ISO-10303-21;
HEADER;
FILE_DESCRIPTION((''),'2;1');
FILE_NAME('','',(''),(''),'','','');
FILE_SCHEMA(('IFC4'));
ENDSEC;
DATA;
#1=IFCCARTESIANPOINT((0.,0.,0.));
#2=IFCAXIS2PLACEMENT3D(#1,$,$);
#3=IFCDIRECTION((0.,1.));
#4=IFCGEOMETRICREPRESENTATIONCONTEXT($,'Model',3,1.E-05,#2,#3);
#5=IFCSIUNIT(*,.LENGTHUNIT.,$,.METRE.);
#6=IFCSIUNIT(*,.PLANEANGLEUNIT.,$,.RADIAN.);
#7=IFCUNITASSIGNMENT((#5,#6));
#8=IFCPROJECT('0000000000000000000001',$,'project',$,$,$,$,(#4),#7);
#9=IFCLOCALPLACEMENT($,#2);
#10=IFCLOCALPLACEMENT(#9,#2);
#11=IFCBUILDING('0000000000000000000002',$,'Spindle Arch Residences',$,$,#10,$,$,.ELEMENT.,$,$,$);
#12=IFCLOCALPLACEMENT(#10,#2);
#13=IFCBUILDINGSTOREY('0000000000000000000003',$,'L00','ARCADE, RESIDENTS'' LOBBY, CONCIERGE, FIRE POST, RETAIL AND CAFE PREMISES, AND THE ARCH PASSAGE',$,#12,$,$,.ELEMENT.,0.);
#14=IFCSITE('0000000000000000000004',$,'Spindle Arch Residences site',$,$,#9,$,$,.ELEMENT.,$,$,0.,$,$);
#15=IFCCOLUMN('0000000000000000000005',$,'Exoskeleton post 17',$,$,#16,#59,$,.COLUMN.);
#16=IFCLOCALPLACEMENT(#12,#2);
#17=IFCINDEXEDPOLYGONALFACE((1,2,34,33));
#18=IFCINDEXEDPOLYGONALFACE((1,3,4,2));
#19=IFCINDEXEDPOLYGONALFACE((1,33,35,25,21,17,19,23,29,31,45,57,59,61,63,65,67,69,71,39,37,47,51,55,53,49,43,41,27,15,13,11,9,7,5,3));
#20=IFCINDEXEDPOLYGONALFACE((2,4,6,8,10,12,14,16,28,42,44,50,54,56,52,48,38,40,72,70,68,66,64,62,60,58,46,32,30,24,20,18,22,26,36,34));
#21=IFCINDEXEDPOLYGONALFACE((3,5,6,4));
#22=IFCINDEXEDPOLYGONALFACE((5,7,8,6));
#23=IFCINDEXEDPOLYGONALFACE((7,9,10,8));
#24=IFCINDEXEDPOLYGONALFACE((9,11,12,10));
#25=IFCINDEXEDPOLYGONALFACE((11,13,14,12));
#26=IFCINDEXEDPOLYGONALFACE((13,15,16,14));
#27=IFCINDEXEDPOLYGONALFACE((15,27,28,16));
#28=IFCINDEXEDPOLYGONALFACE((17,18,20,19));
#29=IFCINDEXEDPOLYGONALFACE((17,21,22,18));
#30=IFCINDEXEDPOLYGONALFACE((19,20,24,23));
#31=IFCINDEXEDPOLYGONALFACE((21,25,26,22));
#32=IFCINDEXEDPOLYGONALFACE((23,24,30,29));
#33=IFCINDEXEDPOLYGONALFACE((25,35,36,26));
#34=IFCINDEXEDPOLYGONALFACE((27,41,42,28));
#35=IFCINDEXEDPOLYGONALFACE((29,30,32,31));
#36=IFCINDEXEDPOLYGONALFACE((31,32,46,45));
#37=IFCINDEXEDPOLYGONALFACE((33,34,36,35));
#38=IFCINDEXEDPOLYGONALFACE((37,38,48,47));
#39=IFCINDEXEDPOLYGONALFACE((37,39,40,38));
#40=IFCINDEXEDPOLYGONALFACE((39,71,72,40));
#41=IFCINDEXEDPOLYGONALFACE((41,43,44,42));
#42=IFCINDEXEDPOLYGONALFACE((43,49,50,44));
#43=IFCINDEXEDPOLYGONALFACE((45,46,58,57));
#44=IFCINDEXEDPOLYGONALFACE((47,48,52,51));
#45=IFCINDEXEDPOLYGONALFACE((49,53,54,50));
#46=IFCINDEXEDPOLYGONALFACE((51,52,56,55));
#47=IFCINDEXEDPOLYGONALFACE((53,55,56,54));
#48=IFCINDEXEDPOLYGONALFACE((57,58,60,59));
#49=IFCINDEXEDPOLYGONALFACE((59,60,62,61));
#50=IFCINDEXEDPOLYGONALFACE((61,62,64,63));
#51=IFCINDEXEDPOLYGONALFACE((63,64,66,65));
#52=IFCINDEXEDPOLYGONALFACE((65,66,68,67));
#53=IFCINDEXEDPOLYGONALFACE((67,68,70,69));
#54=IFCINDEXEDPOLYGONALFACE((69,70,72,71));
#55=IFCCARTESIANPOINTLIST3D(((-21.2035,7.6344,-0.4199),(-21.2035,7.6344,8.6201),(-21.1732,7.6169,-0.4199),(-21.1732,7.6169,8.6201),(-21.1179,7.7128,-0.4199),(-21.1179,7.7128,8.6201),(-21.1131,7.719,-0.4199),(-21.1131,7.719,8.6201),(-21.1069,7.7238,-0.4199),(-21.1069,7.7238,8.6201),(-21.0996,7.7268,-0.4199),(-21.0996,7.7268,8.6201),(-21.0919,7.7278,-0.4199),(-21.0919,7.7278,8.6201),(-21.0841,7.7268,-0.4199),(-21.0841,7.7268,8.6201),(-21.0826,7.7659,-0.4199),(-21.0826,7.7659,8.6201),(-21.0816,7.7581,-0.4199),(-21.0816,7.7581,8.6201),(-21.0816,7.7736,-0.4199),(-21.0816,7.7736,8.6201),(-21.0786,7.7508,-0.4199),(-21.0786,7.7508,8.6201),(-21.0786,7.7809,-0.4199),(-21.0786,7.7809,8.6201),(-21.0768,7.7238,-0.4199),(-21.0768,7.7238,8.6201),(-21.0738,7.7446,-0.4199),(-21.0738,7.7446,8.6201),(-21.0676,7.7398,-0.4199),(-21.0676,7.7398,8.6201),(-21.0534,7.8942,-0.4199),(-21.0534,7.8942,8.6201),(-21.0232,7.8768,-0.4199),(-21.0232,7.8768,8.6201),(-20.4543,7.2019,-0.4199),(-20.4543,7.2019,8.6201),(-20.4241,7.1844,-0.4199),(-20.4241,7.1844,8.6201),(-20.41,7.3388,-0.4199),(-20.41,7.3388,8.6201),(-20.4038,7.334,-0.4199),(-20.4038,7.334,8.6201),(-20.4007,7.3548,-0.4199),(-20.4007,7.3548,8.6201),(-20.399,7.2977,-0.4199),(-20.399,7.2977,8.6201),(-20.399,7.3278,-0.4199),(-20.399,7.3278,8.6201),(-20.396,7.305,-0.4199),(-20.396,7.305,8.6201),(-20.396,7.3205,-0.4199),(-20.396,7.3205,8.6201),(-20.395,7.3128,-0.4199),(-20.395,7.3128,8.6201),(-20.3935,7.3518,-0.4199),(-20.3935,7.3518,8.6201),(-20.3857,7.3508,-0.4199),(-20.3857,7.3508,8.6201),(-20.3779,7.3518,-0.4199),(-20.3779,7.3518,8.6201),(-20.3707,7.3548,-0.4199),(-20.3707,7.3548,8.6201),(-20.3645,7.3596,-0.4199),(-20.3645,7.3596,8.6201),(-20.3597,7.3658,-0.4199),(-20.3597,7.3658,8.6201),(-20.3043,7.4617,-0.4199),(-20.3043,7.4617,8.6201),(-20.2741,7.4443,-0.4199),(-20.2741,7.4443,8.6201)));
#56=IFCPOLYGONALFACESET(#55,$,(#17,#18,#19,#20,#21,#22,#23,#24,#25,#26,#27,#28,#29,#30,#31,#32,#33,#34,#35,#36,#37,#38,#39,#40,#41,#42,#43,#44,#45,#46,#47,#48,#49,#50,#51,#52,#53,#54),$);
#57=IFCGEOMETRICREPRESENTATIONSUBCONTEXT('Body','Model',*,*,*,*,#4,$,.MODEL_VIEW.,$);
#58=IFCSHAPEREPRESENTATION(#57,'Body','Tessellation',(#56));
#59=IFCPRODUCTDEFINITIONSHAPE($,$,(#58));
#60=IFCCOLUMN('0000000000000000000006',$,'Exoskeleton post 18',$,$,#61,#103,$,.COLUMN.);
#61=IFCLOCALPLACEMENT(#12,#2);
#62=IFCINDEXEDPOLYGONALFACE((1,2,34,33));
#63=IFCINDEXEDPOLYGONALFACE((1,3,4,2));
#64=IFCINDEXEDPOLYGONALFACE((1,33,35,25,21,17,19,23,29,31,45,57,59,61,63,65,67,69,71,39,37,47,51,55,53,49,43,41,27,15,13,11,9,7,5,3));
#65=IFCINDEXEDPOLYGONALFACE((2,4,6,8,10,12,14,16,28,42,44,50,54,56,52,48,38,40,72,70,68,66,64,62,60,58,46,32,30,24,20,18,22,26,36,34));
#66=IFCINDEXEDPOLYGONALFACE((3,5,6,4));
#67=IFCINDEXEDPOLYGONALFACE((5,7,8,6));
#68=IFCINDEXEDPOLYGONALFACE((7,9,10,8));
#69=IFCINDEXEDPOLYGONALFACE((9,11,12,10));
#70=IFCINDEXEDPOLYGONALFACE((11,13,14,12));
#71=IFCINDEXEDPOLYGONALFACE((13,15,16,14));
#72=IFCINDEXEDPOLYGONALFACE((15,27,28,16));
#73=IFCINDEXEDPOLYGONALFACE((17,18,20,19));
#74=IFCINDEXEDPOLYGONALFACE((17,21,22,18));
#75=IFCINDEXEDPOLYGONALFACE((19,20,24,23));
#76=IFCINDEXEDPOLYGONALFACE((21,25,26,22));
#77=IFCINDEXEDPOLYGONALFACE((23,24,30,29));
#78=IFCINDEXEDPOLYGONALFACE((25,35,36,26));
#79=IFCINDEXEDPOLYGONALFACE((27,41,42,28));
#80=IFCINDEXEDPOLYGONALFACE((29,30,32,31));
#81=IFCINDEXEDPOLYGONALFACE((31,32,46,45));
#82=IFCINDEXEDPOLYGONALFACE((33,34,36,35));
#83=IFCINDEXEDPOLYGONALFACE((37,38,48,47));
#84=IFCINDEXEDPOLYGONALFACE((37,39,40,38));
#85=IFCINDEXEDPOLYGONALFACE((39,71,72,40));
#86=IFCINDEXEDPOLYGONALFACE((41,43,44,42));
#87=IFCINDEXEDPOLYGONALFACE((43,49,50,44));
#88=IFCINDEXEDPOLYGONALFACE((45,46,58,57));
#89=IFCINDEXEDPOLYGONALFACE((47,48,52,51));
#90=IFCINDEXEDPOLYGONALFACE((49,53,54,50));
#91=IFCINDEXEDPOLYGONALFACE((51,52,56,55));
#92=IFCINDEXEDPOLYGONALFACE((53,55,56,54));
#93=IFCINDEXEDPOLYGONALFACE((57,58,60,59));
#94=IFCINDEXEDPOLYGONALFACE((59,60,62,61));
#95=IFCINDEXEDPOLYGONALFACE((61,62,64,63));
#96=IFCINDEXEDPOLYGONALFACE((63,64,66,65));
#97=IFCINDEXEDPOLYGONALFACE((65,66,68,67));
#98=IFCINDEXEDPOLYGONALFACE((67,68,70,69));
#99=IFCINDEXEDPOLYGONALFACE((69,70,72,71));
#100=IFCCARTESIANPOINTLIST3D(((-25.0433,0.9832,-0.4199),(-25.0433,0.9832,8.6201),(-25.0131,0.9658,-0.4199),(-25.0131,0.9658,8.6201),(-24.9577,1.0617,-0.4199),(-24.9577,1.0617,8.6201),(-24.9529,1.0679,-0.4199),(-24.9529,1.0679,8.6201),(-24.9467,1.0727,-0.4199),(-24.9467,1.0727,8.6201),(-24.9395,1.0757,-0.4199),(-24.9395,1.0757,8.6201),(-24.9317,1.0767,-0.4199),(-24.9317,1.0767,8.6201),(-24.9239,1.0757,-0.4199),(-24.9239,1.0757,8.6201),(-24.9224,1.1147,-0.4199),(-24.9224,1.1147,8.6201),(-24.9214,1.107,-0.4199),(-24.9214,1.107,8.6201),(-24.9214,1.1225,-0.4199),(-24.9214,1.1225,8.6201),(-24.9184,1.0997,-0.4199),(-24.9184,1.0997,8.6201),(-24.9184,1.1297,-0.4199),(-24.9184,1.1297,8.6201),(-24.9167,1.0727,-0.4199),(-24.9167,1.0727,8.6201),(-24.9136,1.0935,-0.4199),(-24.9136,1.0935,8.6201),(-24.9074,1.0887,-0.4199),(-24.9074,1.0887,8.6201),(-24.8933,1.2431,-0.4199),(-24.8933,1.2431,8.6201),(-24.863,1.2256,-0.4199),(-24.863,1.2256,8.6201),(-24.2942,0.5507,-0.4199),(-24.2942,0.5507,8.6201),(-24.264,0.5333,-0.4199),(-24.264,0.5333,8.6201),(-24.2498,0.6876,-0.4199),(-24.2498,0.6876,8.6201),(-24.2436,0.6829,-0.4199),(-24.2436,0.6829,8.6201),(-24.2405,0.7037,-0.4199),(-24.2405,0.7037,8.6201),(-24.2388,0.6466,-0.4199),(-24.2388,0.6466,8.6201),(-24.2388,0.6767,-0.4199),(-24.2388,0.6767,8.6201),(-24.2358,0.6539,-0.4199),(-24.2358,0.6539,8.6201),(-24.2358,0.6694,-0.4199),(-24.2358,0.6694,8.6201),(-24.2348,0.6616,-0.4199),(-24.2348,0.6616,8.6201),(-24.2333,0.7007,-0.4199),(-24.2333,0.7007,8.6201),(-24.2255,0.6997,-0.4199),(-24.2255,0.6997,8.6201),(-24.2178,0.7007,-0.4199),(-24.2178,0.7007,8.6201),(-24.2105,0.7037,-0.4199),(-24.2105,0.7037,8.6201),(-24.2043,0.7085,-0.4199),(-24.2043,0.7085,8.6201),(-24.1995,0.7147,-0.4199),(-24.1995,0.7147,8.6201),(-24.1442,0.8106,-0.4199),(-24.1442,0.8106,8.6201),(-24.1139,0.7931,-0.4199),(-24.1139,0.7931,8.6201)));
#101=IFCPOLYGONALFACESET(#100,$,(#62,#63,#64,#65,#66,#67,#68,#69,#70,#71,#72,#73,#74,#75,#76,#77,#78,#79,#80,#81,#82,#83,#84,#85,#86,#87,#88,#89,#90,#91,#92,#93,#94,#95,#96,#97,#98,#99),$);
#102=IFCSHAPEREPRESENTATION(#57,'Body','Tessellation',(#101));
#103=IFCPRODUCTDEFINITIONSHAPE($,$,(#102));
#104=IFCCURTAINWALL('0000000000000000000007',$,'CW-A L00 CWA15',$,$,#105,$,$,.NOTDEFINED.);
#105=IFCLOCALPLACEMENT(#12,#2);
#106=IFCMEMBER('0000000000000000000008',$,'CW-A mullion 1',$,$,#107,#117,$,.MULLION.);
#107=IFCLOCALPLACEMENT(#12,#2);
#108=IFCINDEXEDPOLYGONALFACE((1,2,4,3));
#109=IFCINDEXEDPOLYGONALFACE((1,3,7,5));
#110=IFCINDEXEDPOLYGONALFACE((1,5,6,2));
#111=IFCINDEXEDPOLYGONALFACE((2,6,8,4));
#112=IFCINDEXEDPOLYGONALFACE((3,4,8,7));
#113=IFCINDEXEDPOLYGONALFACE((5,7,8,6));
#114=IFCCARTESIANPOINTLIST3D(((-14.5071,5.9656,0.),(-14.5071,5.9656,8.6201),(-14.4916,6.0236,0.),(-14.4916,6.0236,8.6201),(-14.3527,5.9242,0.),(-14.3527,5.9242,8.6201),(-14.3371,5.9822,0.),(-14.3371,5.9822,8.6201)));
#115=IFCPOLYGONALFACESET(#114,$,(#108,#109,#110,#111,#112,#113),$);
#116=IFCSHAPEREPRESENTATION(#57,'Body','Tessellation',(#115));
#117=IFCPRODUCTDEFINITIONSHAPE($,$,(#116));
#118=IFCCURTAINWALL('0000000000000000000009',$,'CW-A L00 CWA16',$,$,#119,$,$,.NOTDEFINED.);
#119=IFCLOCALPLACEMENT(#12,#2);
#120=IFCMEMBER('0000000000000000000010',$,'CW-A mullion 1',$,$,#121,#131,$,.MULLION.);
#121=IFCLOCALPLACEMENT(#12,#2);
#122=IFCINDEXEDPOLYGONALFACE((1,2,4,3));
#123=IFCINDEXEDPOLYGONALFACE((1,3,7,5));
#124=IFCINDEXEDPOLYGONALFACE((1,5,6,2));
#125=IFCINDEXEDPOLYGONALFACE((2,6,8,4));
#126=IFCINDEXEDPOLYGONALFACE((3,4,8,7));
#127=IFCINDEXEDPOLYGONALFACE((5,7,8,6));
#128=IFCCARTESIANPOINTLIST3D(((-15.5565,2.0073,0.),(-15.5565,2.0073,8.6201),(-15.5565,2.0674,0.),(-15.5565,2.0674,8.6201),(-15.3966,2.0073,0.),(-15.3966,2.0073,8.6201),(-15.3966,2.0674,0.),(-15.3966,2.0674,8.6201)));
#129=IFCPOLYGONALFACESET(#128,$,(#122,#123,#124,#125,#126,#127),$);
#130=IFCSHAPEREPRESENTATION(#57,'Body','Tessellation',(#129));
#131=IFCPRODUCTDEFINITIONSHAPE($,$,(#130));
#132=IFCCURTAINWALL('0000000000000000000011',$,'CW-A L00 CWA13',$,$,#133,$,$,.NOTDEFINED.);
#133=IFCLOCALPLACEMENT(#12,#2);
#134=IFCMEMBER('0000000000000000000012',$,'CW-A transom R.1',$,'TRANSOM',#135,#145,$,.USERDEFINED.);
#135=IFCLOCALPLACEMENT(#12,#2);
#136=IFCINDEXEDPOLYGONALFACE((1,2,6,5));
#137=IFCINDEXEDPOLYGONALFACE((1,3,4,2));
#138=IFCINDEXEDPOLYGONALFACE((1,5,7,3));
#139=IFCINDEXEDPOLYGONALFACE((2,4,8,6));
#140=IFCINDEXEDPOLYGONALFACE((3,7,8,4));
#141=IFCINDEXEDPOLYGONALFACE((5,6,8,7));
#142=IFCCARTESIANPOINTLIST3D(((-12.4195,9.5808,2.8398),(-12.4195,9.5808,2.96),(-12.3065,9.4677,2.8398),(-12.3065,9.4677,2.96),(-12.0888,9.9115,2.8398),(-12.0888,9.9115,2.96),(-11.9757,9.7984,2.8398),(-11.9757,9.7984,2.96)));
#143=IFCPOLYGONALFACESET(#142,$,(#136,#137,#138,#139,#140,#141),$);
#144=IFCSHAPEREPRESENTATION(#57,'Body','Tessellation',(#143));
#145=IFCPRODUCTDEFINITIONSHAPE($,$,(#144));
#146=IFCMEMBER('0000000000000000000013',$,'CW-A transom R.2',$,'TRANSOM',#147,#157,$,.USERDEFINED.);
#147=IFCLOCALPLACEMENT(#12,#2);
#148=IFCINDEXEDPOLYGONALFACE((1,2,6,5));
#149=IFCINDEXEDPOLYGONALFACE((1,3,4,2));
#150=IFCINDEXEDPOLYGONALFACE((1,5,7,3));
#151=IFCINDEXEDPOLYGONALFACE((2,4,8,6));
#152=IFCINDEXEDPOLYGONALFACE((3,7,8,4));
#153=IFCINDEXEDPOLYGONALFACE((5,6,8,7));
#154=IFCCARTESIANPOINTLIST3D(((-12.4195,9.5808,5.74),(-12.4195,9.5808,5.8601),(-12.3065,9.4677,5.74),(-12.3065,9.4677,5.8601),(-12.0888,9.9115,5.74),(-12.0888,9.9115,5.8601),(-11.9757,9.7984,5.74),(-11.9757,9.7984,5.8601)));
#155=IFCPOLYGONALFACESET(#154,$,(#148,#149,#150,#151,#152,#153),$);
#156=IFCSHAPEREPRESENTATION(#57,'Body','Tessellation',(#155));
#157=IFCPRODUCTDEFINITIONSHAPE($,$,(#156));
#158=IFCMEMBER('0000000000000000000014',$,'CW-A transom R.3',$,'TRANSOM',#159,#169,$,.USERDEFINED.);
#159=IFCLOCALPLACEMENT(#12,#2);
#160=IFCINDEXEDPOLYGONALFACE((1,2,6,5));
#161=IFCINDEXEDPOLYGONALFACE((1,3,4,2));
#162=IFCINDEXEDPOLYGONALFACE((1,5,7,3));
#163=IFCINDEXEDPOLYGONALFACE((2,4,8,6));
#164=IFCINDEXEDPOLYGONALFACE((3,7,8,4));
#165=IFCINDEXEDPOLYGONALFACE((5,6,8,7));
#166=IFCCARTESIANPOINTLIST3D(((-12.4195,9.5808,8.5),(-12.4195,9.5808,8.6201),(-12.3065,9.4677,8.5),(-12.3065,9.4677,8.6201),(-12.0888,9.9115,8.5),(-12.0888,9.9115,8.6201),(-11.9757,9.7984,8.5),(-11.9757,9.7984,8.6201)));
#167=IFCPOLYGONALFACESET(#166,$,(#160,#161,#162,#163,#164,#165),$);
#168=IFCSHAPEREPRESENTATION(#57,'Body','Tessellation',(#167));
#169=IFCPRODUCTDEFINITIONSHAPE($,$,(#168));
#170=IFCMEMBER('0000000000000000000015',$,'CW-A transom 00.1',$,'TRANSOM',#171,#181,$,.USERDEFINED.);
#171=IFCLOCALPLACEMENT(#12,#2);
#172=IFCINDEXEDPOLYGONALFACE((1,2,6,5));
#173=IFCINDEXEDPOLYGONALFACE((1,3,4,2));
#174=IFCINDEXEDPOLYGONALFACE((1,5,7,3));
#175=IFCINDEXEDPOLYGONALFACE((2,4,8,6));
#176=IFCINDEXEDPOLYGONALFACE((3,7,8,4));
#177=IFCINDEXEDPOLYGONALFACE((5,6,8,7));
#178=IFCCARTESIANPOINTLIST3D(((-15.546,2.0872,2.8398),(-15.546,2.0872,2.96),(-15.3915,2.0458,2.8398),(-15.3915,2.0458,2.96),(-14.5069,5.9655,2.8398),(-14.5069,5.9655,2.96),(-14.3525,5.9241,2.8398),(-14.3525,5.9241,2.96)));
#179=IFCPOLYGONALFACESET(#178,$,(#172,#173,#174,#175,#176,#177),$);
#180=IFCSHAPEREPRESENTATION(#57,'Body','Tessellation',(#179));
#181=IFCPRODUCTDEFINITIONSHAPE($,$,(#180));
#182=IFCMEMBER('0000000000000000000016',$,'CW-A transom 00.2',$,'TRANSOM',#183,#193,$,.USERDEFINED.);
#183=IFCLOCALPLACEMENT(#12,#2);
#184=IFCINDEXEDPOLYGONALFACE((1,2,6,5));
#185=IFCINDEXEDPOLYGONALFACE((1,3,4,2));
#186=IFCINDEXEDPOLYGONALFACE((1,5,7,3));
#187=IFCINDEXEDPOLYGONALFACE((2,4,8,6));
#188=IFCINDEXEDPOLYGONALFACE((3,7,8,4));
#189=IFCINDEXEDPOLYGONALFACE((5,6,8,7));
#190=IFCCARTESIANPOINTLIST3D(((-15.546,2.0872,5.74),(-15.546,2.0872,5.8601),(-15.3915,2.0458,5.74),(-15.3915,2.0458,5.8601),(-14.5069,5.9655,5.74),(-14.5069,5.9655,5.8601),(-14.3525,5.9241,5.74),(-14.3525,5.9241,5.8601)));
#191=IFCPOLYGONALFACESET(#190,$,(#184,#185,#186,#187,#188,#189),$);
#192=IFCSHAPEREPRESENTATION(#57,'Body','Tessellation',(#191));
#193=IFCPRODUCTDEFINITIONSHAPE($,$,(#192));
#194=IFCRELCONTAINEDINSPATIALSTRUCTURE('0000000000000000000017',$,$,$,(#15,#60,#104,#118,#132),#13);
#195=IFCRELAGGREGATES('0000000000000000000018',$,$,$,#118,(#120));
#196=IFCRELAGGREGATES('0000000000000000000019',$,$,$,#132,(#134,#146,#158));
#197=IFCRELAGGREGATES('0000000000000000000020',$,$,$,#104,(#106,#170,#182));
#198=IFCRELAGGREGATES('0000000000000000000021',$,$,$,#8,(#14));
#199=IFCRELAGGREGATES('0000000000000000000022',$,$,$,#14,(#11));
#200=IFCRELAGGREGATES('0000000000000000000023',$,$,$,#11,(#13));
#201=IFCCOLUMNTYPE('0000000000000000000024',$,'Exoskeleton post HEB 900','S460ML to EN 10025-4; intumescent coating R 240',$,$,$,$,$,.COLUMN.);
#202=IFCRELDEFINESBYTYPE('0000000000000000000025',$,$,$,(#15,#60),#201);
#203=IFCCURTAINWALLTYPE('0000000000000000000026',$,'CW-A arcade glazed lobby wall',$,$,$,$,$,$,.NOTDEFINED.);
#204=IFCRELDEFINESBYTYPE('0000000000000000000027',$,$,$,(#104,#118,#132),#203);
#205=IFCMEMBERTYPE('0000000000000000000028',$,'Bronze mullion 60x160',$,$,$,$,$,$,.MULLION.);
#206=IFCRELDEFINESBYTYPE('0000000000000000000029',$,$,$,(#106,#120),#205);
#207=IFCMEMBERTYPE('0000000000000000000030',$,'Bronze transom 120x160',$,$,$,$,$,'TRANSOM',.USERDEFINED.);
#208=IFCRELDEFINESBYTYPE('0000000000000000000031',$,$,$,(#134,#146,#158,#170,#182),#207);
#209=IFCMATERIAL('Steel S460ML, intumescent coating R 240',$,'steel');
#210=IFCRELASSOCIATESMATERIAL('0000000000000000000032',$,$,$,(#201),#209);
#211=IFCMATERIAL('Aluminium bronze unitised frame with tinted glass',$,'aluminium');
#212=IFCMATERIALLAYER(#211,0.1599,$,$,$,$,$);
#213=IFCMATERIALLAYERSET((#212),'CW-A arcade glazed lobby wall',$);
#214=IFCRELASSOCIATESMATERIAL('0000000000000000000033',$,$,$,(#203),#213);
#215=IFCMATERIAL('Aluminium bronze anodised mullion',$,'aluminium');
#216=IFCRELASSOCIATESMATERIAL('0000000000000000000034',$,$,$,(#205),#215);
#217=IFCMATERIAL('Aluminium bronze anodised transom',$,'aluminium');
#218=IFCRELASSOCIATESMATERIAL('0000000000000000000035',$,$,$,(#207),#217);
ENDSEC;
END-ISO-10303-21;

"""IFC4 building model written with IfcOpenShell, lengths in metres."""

from ifc_helpers import new_model, si_unit, direction, frame, origin, origin_2d, place, context, subcontext, project, spatial, rectangle, i_section, extrude, material, layer, layer_set, material_profile, profile_set, type_object, element, aggregate, save


model = new_model("IFC4")

# Units and contexts
model_context = context("Model", 3, precision=1e-05, world=origin(), true_north=direction((0.0, 1.0)))
body_context = subcontext(model_context, "Body", "Model", "MODEL_VIEW")
ifc_project = project(units=[si_unit("LENGTHUNIT", "METRE"), si_unit("PLANEANGLEUNIT", "RADIAN")], contexts=[model_context])

# Site, building, storey
site_placement = place(None, origin())
site = spatial("IfcSite", under=ifc_project, at=site_placement, Name="Spindle Arch Residences site", CompositionType="ELEMENT", RefElevation=0.0)
building_placement = place(site_placement, origin())
building = spatial("IfcBuilding", under=site, at=building_placement, Name="Spindle Arch Residences", CompositionType="ELEMENT")
storey_placement = place(building_placement, origin())
storey = spatial("IfcBuildingStorey", under=building, at=storey_placement, Name="L00", Description="ARCADE, RESIDENTS' LOBBY, CONCIERGE, FIRE POST, RETAIL AND CAFE PREMISES, AND THE ARCH PASSAGE", CompositionType="ELEMENT", Elevation=0.0)

# Columns
ifc_material_1 = material(Name="Steel S460ML, intumescent coating R 240", Category="steel")
ifc_material_profile_1 = material_profile(ifc_material_1, i_section(OverallWidth=0.3, OverallDepth=0.8999, WebThickness=0.0186, FlangeThickness=0.0349, FilletRadius=0.03, at=origin_2d()), Name="HEB 900")
ifc_profile_set_1 = profile_set([ifc_material_profile_1], Name="Steel S460ML, intumescent coating R 240")
column_type = type_object("IfcColumnType", Name="Exoskeleton post HEB 900", Description="S460ML to EN 10025-4; intumescent coating R 240", PredefinedType="COLUMN", material=ifc_profile_set_1)
for number, where, z_axis, x_axis, name in (
    (1, (-20.7388, 7.5393, -0.4199), (0.0, 0.0, 1.0), (0.5, 0.866025, 0.0), "Exoskeleton post 17"),
    (2, (-24.5786, 0.8882, -0.4199), (0.0, 0.0, 1.0), (0.5, 0.866025, 0.0), "Exoskeleton post 18"),
):
    element("IfcColumn", number, at=place(storey_placement, frame(where, z_axis=z_axis, x_axis=x_axis)), inside=storey, type_object=column_type, Name=name, PredefinedType="COLUMN", context=body_context, shape_type="SweptSolid", body=[
        extrude(i_section(OverallWidth=0.3, OverallDepth=0.8999, WebThickness=0.0186, FlangeThickness=0.0349, FilletRadius=0.03, at=origin_2d()), origin(), (0.0, 0.0, 1.0), 9.04),
    ])

# Curtain walls, members
ifc_material_2 = material(Name="Aluminium bronze unitised frame with tinted glass", Category="aluminium")
ifc_layer_1 = layer(ifc_material_2, 0.1599)
ifc_layer_set_1 = layer_set([ifc_layer_1], Name="CW-A arcade glazed lobby wall")
curtain_wall_type = type_object("IfcCurtainWallType", Name="CW-A arcade glazed lobby wall", PredefinedType="NOTDEFINED", material=ifc_layer_set_1)
curtain_wall_1_placement = place(storey_placement, origin())
curtain_wall_1 = element("IfcCurtainWall", 3, at=curtain_wall_1_placement, inside=storey, type_object=curtain_wall_type, Name="CW-A L00 CWA15", PredefinedType="NOTDEFINED")
ifc_material_3 = material(Name="Aluminium bronze anodised mullion", Category="aluminium")
ifc_material_profile_2 = material_profile(ifc_material_3, rectangle(XDim=0.1599, YDim=0.0601, at=origin_2d()), Name="MU 60x160")
ifc_profile_set_2 = profile_set([ifc_material_profile_2], Name="Aluminium bronze anodised mullion")
member_type_1 = type_object("IfcMemberType", Name="Bronze mullion 60x160", PredefinedType="MULLION", material=ifc_profile_set_2)
member_1_placement = place(storey_placement, frame((-14.4221, 5.9739, 0.0), z_axis=(0.0, 0.0, 1.0), x_axis=(0.965935, -0.258786, 0.0)))
member_1 = element("IfcMember", 4, at=member_1_placement, type_object=member_type_1, Name="CW-A mullion 1", PredefinedType="MULLION", context=body_context, shape_type="SweptSolid", body=[
    extrude(rectangle(XDim=0.1599, YDim=0.0601, at=origin_2d()), origin(), (0.0, 0.0, 1.0), 8.6201),
])
curtain_wall_2_placement = place(storey_placement, origin())
curtain_wall_2 = element("IfcCurtainWall", 5, at=curtain_wall_2_placement, inside=storey, type_object=curtain_wall_type, Name="CW-A L00 CWA16", PredefinedType="NOTDEFINED")
member_2_placement = place(storey_placement, frame((-15.4766, 2.0374, 0.0), z_axis=(0.0, 0.0, 1.0), x_axis=(1.0, 0.0, 0.0)))
member_2 = element("IfcMember", 6, at=member_2_placement, type_object=member_type_1, Name="CW-A mullion 1", PredefinedType="MULLION", context=body_context, shape_type="SweptSolid", body=[
    extrude(rectangle(XDim=0.1599, YDim=0.0601, at=origin_2d()), origin(), (0.0, 0.0, 1.0), 8.6201),
])

# Curtain wall, members
curtain_wall_3_placement = place(storey_placement, origin())
curtain_wall_3 = element("IfcCurtainWall", 7, at=curtain_wall_3_placement, inside=storey, type_object=curtain_wall_type, Name="CW-A L00 CWA13", PredefinedType="NOTDEFINED")
ifc_material_4 = material(Name="Aluminium bronze anodised transom", Category="aluminium")
ifc_material_profile_3 = material_profile(ifc_material_4, rectangle(XDim=0.1599, YDim=0.1201, at=origin_2d()), Name="TR 120x160")
ifc_profile_set_3 = profile_set([ifc_material_profile_3], Name="Aluminium bronze anodised transom")
member_type_2 = type_object("IfcMemberType", Name="Bronze transom 120x160", ElementType="TRANSOM", PredefinedType="USERDEFINED", material=ifc_profile_set_3)
member_3_placement = place(storey_placement, frame((-12.0322, 9.855, 2.8999), z_axis=(-0.707107, -0.707107, 0.0), x_axis=(0.707107, -0.707107, 0.0)))
member_3 = element("IfcMember", 8, at=member_3_placement, type_object=member_type_2, Name="CW-A transom R.1", ObjectType="TRANSOM", PredefinedType="USERDEFINED", context=body_context, shape_type="SweptSolid", body=[
    extrude(rectangle(XDim=0.1599, YDim=0.1201, at=origin_2d()), origin(), (0.0, 0.0, 1.0), 0.4678),
])
member_4_placement = place(storey_placement, frame((-12.0322, 9.855, 5.8), z_axis=(-0.707107, -0.707107, 0.0), x_axis=(0.707107, -0.707107, 0.0)))
member_4 = element("IfcMember", 9, at=member_4_placement, type_object=member_type_2, Name="CW-A transom R.2", ObjectType="TRANSOM", PredefinedType="USERDEFINED", context=body_context, shape_type="SweptSolid", body=[
    extrude(rectangle(XDim=0.1599, YDim=0.1201, at=origin_2d()), origin(), (0.0, 0.0, 1.0), 0.4678),
])
member_5_placement = place(storey_placement, frame((-12.0322, 9.855, 8.5601), z_axis=(-0.707107, -0.707107, 0.0), x_axis=(0.707107, -0.707107, 0.0)))
member_5 = element("IfcMember", 10, at=member_5_placement, type_object=member_type_2, Name="CW-A transom R.3", ObjectType="TRANSOM", PredefinedType="USERDEFINED", context=body_context, shape_type="SweptSolid", body=[
    extrude(rectangle(XDim=0.1599, YDim=0.1201, at=origin_2d()), origin(), (0.0, 0.0, 1.0), 0.4678),
])

# Members
member_6_placement = place(storey_placement, frame((-14.4297, 5.9448, 2.8999), z_axis=(-0.258783, -0.965936, 0.0), x_axis=(0.965936, -0.258783, 0.0)))
member_6 = element("IfcMember", 11, at=member_6_placement, type_object=member_type_2, Name="CW-A transom 00.1", ObjectType="TRANSOM", PredefinedType="USERDEFINED", context=body_context, shape_type="SweptSolid", body=[
    extrude(rectangle(XDim=0.1599, YDim=0.1201, at=origin_2d()), origin(), (0.0, 0.0, 1.0), 4.0151),
])
member_7_placement = place(storey_placement, frame((-14.4297, 5.9448, 5.8), z_axis=(-0.258783, -0.965936, 0.0), x_axis=(0.965936, -0.258783, 0.0)))
member_7 = element("IfcMember", 12, at=member_7_placement, type_object=member_type_2, Name="CW-A transom 00.2", ObjectType="TRANSOM", PredefinedType="USERDEFINED", context=body_context, shape_type="SweptSolid", body=[
    extrude(rectangle(XDim=0.1599, YDim=0.1201, at=origin_2d()), origin(), (0.0, 0.0, 1.0), 4.0151),
])
aggregate(curtain_wall_2, [member_2])

aggregate(curtain_wall_3, [member_3, member_4, member_5])
aggregate(curtain_wall_1, [member_1, member_6, member_7])

save(model, "model.ifc")
